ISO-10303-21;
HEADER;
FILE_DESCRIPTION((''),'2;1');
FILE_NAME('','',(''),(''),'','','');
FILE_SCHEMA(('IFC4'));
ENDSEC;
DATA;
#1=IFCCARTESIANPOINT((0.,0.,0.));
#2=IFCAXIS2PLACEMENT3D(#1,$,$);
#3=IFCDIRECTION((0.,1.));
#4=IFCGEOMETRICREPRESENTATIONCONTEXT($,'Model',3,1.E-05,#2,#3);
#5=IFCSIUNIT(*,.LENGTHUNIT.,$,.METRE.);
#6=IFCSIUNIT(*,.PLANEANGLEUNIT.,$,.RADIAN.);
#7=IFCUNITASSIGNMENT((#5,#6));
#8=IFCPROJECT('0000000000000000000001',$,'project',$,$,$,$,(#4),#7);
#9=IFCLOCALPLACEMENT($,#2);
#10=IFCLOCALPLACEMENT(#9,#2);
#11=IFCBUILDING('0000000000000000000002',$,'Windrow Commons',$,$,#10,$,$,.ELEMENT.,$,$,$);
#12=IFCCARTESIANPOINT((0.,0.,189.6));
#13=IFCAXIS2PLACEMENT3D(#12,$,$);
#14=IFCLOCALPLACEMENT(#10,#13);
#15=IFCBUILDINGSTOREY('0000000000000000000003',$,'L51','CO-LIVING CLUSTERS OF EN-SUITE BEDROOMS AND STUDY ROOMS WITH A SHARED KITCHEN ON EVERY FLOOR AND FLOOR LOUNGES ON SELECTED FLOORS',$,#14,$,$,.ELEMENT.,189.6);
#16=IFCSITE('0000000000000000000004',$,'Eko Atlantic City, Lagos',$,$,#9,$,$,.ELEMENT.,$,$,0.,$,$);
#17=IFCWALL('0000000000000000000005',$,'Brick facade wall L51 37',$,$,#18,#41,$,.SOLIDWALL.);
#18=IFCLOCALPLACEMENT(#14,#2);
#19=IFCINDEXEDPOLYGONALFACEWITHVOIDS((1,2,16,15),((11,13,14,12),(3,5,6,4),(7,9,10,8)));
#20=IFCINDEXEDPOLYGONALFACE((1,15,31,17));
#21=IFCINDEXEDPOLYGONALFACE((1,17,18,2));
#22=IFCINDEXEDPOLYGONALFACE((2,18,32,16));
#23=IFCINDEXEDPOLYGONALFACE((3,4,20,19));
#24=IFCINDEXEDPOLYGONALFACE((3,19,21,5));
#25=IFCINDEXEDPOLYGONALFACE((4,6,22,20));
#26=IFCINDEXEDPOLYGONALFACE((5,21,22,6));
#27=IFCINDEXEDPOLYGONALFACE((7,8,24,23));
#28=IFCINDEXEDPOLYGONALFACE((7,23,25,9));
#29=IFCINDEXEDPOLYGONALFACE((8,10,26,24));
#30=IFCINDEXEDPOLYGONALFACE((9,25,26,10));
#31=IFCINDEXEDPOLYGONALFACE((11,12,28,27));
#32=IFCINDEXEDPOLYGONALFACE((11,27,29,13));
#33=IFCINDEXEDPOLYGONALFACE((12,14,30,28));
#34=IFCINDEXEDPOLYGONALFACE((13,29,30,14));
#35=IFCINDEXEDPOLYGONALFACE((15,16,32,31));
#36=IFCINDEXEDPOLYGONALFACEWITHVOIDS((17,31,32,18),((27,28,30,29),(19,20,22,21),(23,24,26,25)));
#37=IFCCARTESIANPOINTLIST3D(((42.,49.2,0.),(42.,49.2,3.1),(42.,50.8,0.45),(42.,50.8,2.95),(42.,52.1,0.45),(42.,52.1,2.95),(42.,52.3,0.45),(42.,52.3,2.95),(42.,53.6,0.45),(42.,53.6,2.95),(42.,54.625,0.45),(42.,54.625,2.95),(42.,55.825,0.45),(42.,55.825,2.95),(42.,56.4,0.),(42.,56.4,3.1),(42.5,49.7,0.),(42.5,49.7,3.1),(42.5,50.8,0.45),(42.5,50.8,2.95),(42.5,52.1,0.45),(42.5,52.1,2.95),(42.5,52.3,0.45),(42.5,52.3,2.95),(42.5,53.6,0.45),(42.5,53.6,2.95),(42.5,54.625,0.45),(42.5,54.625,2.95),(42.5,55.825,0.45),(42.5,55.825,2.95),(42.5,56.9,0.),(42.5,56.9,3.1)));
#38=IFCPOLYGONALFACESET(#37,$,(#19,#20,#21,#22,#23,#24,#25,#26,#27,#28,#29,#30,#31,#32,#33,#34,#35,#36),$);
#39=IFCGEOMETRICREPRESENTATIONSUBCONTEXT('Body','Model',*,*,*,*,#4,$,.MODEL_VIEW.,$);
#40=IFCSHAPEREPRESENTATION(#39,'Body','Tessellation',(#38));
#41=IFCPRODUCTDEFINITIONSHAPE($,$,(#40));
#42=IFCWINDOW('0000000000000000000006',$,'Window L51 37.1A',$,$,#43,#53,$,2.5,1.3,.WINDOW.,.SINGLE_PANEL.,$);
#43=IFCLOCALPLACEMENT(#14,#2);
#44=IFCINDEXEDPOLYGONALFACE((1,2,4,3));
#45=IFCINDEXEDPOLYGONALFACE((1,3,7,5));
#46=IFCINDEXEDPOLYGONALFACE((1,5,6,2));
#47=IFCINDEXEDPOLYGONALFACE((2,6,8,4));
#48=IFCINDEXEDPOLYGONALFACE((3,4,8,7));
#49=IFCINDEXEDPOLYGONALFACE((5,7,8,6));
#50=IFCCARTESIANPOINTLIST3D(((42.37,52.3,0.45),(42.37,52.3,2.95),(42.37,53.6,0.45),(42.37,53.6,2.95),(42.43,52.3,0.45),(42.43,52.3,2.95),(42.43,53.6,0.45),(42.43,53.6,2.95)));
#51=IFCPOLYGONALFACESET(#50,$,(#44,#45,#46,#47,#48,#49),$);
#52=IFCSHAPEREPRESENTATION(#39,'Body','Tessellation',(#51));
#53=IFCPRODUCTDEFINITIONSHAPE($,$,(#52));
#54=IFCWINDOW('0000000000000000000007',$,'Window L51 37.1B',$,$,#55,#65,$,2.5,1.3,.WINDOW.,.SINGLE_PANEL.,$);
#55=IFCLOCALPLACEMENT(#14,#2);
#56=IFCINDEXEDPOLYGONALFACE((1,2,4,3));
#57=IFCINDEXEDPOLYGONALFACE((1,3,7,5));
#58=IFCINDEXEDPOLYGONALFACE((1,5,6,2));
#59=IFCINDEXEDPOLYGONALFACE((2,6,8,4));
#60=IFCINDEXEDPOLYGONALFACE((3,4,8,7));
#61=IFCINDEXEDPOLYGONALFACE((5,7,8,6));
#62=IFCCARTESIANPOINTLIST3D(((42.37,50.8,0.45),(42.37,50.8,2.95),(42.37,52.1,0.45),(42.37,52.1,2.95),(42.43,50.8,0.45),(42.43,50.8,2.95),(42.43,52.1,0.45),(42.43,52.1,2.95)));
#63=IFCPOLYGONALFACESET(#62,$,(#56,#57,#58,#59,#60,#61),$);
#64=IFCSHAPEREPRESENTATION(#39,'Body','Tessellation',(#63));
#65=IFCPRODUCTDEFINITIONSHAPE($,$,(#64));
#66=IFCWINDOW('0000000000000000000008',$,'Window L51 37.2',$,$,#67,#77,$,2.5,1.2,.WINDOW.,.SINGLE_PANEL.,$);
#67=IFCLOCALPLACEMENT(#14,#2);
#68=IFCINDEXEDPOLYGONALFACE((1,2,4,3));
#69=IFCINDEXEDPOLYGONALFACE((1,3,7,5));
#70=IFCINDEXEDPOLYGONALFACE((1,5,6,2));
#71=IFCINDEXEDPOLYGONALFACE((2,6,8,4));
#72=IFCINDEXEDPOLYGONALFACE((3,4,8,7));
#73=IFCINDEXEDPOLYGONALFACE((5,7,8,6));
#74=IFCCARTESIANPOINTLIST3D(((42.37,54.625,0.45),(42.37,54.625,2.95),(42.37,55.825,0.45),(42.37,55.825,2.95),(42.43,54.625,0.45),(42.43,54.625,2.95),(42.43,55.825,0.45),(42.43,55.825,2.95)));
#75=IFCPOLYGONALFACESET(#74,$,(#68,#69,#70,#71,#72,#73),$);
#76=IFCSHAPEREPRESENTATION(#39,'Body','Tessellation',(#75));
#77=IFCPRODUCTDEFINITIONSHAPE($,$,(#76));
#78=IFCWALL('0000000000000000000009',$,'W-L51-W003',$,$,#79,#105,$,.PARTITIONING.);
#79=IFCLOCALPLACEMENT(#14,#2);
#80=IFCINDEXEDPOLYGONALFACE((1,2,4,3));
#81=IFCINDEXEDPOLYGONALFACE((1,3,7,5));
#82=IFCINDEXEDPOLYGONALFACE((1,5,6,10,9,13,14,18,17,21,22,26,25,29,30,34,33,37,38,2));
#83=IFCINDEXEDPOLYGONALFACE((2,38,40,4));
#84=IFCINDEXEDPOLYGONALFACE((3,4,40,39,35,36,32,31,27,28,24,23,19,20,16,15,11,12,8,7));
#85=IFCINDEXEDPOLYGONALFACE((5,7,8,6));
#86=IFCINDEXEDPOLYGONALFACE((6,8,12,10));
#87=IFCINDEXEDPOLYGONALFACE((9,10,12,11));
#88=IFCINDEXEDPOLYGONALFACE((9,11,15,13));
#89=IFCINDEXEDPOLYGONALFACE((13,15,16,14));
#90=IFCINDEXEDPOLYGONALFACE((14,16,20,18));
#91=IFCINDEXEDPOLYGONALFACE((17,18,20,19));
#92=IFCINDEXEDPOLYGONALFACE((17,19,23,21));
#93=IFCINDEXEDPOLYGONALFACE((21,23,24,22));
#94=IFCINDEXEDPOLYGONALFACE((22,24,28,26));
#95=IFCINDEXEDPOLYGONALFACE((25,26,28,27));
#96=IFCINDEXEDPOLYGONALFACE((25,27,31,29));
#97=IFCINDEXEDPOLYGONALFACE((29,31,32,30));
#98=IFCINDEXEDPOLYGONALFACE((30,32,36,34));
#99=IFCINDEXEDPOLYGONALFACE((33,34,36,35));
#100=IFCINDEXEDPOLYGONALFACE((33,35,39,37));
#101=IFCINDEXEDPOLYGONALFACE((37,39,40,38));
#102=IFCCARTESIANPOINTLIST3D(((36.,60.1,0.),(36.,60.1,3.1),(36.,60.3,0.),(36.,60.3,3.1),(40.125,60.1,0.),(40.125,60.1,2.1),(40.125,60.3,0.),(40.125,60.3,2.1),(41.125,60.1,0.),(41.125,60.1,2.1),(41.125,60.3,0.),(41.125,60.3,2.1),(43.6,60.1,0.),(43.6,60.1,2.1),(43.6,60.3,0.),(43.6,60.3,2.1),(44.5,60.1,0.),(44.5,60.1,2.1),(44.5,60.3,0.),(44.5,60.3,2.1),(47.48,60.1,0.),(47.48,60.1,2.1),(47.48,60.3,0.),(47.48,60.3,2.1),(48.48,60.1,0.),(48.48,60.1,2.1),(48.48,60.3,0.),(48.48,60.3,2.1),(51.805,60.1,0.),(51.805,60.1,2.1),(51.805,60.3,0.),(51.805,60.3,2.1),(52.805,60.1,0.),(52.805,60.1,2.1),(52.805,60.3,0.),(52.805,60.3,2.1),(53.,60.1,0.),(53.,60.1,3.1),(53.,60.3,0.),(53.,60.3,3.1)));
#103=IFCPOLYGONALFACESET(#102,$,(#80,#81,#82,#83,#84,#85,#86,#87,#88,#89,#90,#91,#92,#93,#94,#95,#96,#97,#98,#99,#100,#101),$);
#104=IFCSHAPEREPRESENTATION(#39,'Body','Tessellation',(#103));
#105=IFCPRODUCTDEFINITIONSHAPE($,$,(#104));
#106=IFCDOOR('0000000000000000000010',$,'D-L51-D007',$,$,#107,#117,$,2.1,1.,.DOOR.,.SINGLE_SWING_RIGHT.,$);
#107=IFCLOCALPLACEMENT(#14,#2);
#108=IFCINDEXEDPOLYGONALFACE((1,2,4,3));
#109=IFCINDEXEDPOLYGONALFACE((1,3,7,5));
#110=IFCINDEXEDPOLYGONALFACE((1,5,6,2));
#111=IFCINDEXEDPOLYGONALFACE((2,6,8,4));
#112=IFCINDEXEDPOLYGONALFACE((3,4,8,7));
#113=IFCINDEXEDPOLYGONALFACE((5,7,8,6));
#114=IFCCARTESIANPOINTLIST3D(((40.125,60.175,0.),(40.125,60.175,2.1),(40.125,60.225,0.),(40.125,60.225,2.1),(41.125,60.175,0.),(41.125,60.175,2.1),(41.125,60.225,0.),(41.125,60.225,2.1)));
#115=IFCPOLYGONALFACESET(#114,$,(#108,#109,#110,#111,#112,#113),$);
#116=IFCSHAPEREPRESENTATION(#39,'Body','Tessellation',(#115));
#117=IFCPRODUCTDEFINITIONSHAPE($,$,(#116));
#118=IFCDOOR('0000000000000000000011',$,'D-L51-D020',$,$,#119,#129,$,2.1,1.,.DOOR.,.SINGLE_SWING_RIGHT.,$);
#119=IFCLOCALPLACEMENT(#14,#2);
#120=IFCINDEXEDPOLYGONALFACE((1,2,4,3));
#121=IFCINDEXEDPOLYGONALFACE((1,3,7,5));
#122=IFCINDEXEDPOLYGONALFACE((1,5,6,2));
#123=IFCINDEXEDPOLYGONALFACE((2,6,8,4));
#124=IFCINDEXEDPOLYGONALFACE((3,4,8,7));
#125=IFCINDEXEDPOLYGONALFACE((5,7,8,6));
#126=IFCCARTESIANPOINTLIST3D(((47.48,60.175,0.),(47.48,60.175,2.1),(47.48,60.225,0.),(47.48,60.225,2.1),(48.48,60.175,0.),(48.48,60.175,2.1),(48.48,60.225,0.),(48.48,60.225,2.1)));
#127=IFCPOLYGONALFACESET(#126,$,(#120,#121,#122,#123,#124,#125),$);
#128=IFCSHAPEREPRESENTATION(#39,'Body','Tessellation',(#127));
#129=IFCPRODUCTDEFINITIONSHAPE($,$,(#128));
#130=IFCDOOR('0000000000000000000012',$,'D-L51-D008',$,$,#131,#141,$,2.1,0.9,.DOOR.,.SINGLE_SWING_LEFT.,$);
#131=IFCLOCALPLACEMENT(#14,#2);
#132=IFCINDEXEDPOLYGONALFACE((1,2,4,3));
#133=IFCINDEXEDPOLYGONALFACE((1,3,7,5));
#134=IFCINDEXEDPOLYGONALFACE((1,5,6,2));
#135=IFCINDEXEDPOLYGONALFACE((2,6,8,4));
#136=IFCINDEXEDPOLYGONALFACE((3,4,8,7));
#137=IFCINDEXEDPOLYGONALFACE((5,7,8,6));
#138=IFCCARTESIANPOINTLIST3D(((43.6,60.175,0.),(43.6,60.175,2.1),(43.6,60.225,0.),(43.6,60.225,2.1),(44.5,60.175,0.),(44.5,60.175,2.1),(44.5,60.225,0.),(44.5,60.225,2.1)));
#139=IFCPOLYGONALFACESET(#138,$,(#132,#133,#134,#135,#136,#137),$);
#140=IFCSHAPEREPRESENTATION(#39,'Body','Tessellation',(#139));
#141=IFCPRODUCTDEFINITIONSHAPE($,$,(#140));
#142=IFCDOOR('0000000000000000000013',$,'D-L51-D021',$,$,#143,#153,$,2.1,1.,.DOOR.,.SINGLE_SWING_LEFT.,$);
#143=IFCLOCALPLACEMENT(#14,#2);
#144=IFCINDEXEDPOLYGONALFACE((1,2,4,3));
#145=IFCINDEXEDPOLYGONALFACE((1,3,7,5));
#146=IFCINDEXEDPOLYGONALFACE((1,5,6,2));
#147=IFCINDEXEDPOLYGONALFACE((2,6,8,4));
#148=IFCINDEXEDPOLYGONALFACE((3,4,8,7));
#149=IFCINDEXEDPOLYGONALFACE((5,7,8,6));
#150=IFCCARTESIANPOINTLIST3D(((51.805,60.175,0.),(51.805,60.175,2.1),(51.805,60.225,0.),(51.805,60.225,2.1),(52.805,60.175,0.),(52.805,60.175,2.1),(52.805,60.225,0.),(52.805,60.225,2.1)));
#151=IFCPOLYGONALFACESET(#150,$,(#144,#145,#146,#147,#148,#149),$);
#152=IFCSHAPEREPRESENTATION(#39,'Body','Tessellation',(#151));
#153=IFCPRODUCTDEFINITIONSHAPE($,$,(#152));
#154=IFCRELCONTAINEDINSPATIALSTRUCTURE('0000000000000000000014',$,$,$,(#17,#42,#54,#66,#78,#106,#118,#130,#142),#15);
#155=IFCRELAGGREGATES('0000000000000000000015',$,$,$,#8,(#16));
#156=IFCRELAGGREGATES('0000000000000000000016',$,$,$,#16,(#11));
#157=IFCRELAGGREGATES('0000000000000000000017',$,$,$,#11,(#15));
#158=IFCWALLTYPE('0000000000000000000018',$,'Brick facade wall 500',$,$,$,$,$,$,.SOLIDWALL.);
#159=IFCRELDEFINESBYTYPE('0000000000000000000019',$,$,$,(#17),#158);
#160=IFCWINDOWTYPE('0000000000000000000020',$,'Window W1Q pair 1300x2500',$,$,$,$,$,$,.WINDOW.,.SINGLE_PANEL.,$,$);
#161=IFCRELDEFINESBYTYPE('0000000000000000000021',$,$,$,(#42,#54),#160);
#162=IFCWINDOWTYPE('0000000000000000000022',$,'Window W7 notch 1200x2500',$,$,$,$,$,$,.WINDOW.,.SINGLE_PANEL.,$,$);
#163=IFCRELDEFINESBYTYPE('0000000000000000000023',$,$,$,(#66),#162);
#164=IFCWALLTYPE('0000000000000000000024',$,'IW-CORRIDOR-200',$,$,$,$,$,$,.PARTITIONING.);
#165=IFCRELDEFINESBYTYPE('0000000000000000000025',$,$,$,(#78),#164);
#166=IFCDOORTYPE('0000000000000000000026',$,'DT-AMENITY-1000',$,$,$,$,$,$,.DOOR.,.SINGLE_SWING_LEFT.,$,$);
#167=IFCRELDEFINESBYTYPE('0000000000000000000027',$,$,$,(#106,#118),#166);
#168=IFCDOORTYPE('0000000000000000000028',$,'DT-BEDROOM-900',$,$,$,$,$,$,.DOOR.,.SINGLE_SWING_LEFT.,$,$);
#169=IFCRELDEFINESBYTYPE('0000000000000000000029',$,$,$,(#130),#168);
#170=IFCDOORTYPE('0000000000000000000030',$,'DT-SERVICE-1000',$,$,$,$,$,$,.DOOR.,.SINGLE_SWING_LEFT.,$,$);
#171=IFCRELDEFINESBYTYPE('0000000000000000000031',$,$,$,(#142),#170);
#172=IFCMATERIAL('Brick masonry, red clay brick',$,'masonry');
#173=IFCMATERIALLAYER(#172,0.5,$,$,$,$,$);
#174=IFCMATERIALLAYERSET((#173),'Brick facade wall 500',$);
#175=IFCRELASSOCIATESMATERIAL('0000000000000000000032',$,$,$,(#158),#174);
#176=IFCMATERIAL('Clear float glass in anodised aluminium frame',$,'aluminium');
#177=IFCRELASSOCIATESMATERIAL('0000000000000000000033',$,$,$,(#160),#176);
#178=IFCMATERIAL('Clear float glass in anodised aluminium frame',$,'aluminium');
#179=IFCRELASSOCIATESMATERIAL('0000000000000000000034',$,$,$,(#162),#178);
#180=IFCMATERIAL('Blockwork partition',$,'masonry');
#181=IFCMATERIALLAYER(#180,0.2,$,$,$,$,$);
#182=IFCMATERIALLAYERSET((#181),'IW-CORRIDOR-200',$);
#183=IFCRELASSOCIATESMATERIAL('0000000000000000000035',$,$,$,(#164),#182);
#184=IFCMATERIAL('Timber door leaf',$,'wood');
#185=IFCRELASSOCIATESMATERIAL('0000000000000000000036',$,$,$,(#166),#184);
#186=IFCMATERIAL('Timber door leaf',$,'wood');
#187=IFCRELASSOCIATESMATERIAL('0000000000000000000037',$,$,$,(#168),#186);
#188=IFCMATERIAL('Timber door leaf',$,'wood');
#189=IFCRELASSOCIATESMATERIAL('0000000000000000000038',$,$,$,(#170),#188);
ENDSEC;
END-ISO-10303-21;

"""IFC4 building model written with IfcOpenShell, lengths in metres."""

from ifc_helpers import new_model, si_unit, direction, frame, frame_2d, origin, place, context, subcontext, project, spatial, polyline, rectangle, outline, extrude, material, layer, layer_set, type_object, element, fill, save


model = new_model("IFC4")

# Units and contexts
model_context = context("Model", 3, precision=1e-05, world=origin(), true_north=direction((0.0, 1.0)))
body_context = subcontext(model_context, "Body", "Model", "MODEL_VIEW")
ifc_project = project(units=[si_unit("LENGTHUNIT", "METRE"), si_unit("PLANEANGLEUNIT", "RADIAN")], contexts=[model_context])

# Site, building, storey
site_placement = place(None, origin())
site = spatial("IfcSite", under=ifc_project, at=site_placement, Name="Eko Atlantic City, Lagos", CompositionType="ELEMENT", RefElevation=0.0)
building_placement = place(site_placement, origin())
building = spatial("IfcBuilding", under=site, at=building_placement, Name="Windrow Commons", CompositionType="ELEMENT")
storey_placement = place(building_placement, frame((0.0, 0.0, 189.6)))
storey = spatial("IfcBuildingStorey", under=building, at=storey_placement, Name="L51", Description="CO-LIVING CLUSTERS OF EN-SUITE BEDROOMS AND STUDY ROOMS WITH A SHARED KITCHEN ON EVERY FLOOR AND FLOOR LOUNGES ON SELECTED FLOORS", CompositionType="ELEMENT", Elevation=189.6)

# Wall, openings, windows
ifc_material_1 = material(Name="Brick masonry, red clay brick", Category="masonry")
ifc_layer_1 = layer(ifc_material_1, 0.5)
ifc_layer_set_1 = layer_set([ifc_layer_1], Name="Brick facade wall 500")
wall_type_1 = type_object("IfcWallType", Name="Brick facade wall 500", PredefinedType="SOLIDWALL", material=ifc_layer_set_1)
ifc_material_2 = material(Name="Clear float glass in anodised aluminium frame", Category="aluminium")
window_type_1 = type_object("IfcWindowType", Name="Window W1Q pair 1300x2500", PartitioningType="SINGLE_PANEL", PredefinedType="WINDOW", material=ifc_material_2)
ifc_material_3 = material(Name="Clear float glass in anodised aluminium frame", Category="aluminium")
window_type_2 = type_object("IfcWindowType", Name="Window W7 notch 1200x2500", PartitioningType="SINGLE_PANEL", PredefinedType="WINDOW", material=ifc_material_3)
wall_1_placement = place(storey_placement, frame((42.25, 56.65, 0.0), z_axis=(0.0, 0.0, 1.0), x_axis=(0.0, -1.0, 0.0)))
wall_1 = element("IfcWall", 1, at=wall_1_placement, inside=storey, type_object=wall_type_1, Name="Brick facade wall L51 37", PredefinedType="SOLIDWALL", context=body_context, shape_type="SweptSolid", body=[
    extrude(outline(polyline([(0.25, -0.25), (7.45, -0.25), (6.95, 0.25), (-0.25, 0.25), (0.25, -0.25)])), origin(), (0.0, 0.0, 1.0), 3.1),
])
opening_1_placement = place(wall_1_placement, frame((3.05, 0.0, 0.45)))
opening_1 = element("IfcOpeningElement", 2, at=opening_1_placement, cuts=wall_1, PredefinedType="OPENING", context=body_context, shape_type="SweptSolid", body=[
    extrude(rectangle(XDim=1.3, YDim=2.5, at=frame_2d((0.65, 1.25))), frame((0.0, 0.26, 0.0), z_axis=(0.0, -1.0, 0.0), x_axis=(1.0, 0.0, 0.0)), (0.0, 0.0, 1.0), 0.52),
])
opening_2_placement = place(wall_1_placement, frame((4.55, 0.0, 0.45)))
opening_2 = element("IfcOpeningElement", 3, at=opening_2_placement, cuts=wall_1, PredefinedType="OPENING", context=body_context, shape_type="SweptSolid", body=[
    extrude(rectangle(XDim=1.3, YDim=2.5, at=frame_2d((0.65, 1.25))), frame((0.0, 0.26, 0.0), z_axis=(0.0, -1.0, 0.0), x_axis=(1.0, 0.0, 0.0)), (0.0, 0.0, 1.0), 0.52),
])
opening_3_placement = place(wall_1_placement, frame((0.825, 0.0, 0.45)))
opening_3 = element("IfcOpeningElement", 4, at=opening_3_placement, cuts=wall_1, PredefinedType="OPENING", context=body_context, shape_type="SweptSolid", body=[
    extrude(rectangle(XDim=1.2, YDim=2.5, at=frame_2d((0.6, 1.25))), frame((0.0, 0.26, 0.0), z_axis=(0.0, -1.0, 0.0), x_axis=(1.0, 0.0, 0.0)), (0.0, 0.0, 1.0), 0.52),
])
window_1_placement = place(opening_1_placement, origin())
window_1 = element("IfcWindow", 5, at=window_1_placement, inside=storey, type_object=window_type_1, Name="Window L51 37.1A", OverallHeight=2.5, OverallWidth=1.3, PartitioningType="SINGLE_PANEL", PredefinedType="WINDOW", context=body_context, shape_type="SweptSolid", body=[
    extrude(rectangle(XDim=1.3, YDim=2.5, at=frame_2d((0.65, 1.25))), frame((0.0, 0.18, 0.0), z_axis=(0.0, -1.0, 0.0), x_axis=(1.0, 0.0, 0.0)), (0.0, 0.0, 1.0), 0.06),
])
fill(opening_1, window_1)
window_2_placement = place(opening_2_placement, origin())
window_2 = element("IfcWindow", 6, at=window_2_placement, inside=storey, type_object=window_type_1, Name="Window L51 37.1B", OverallHeight=2.5, OverallWidth=1.3, PartitioningType="SINGLE_PANEL", PredefinedType="WINDOW", context=body_context, shape_type="SweptSolid", body=[
    extrude(rectangle(XDim=1.3, YDim=2.5, at=frame_2d((0.65, 1.25))), frame((0.0, 0.18, 0.0), z_axis=(0.0, -1.0, 0.0), x_axis=(1.0, 0.0, 0.0)), (0.0, 0.0, 1.0), 0.06),
])
fill(opening_2, window_2)
window_3_placement = place(opening_3_placement, origin())
window_3 = element("IfcWindow", 7, at=window_3_placement, inside=storey, type_object=window_type_2, Name="Window L51 37.2", OverallHeight=2.5, OverallWidth=1.2, PartitioningType="SINGLE_PANEL", PredefinedType="WINDOW", context=body_context, shape_type="SweptSolid", body=[
    extrude(rectangle(XDim=1.2, YDim=2.5, at=frame_2d((0.6, 1.25))), frame((0.0, 0.18, 0.0), z_axis=(0.0, -1.0, 0.0), x_axis=(1.0, 0.0, 0.0)), (0.0, 0.0, 1.0), 0.06),
])
fill(opening_3, window_3)

# Wall, openings, doors
ifc_material_4 = material(Name="Blockwork partition", Category="masonry")
ifc_layer_2 = layer(ifc_material_4, 0.2)
ifc_layer_set_2 = layer_set([ifc_layer_2], Name="IW-CORRIDOR-200")
wall_type_2 = type_object("IfcWallType", Name="IW-CORRIDOR-200", PredefinedType="PARTITIONING", material=ifc_layer_set_2)
wall_2_placement = place(storey_placement, frame((36.0, 60.2, 0.0), z_axis=(0.0, 0.0, 1.0), x_axis=(1.0, 0.0, 0.0)))
wall_2 = element("IfcWall", 8, at=wall_2_placement, inside=storey, type_object=wall_type_2, Name="W-L51-W003", PredefinedType="PARTITIONING", context=body_context, shape_type="SweptSolid", body=[
    extrude(rectangle(XDim=17.0, YDim=0.2, at=frame_2d((8.5, 0.0))), origin(), (0.0, 0.0, 1.0), 3.1),
])
opening_4_placement = place(wall_2_placement, frame((4.125, 0.0, 0.0)))
opening_4 = element("IfcOpeningElement", 9, at=opening_4_placement, cuts=wall_2, PredefinedType="OPENING", context=body_context, shape_type="SweptSolid", body=[
    extrude(rectangle(XDim=1.0, YDim=2.1, at=frame_2d((0.5, 1.05))), frame((0.0, 0.11, 0.0), z_axis=(0.0, -1.0, 0.0), x_axis=(1.0, 0.0, 0.0)), (0.0, 0.0, 1.0), 0.22),
])
opening_5_placement = place(wall_2_placement, frame((7.6, 0.0, 0.0)))
opening_5 = element("IfcOpeningElement", 10, at=opening_5_placement, cuts=wall_2, PredefinedType="OPENING", context=body_context, shape_type="SweptSolid", body=[
    extrude(rectangle(XDim=0.9, YDim=2.1, at=frame_2d((0.45, 1.05))), frame((0.0, 0.11, 0.0), z_axis=(0.0, -1.0, 0.0), x_axis=(1.0, 0.0, 0.0)), (0.0, 0.0, 1.0), 0.22),
])
opening_6_placement = place(wall_2_placement, frame((11.48, 0.0, 0.0)))
opening_6 = element("IfcOpeningElement", 11, at=opening_6_placement, cuts=wall_2, PredefinedType="OPENING", context=body_context, shape_type="SweptSolid", body=[
    extrude(rectangle(XDim=1.0, YDim=2.1, at=frame_2d((0.5, 1.05))), frame((0.0, 0.11, 0.0), z_axis=(0.0, -1.0, 0.0), x_axis=(1.0, 0.0, 0.0)), (0.0, 0.0, 1.0), 0.22),
])
opening_7_placement = place(wall_2_placement, frame((15.805, 0.0, 0.0)))
opening_7 = element("IfcOpeningElement", 12, at=opening_7_placement, cuts=wall_2, PredefinedType="OPENING", context=body_context, shape_type="SweptSolid", body=[
    extrude(rectangle(XDim=1.0, YDim=2.1, at=frame_2d((0.5, 1.05))), frame((0.0, 0.11, 0.0), z_axis=(0.0, -1.0, 0.0), x_axis=(1.0, 0.0, 0.0)), (0.0, 0.0, 1.0), 0.22),
])
ifc_material_5 = material(Name="Timber door leaf", Category="wood")
door_type_1 = type_object("IfcDoorType", Name="DT-AMENITY-1000", OperationType="SINGLE_SWING_LEFT", PredefinedType="DOOR", material=ifc_material_5)
door_1_placement = place(opening_4_placement, origin())
door_1 = element("IfcDoor", 13, at=door_1_placement, inside=storey, type_object=door_type_1, Name="D-L51-D007", OperationType="SINGLE_SWING_RIGHT", OverallHeight=2.1, OverallWidth=1.0, PredefinedType="DOOR", context=body_context, shape_type="SweptSolid", body=[
    extrude(rectangle(XDim=1.0, YDim=2.1, at=frame_2d((0.5, 1.05))), frame((0.0, 0.025, 0.0), z_axis=(0.0, -1.0, 0.0), x_axis=(1.0, 0.0, 0.0)), (0.0, 0.0, 1.0), 0.05),
])
fill(opening_4, door_1)
door_2_placement = place(opening_6_placement, origin())
door_2 = element("IfcDoor", 14, at=door_2_placement, inside=storey, type_object=door_type_1, Name="D-L51-D020", OperationType="SINGLE_SWING_RIGHT", OverallHeight=2.1, OverallWidth=1.0, PredefinedType="DOOR", context=body_context, shape_type="SweptSolid", body=[
    extrude(rectangle(XDim=1.0, YDim=2.1, at=frame_2d((0.5, 1.05))), frame((0.0, 0.025, 0.0), z_axis=(0.0, -1.0, 0.0), x_axis=(1.0, 0.0, 0.0)), (0.0, 0.0, 1.0), 0.05),
])
fill(opening_6, door_2)
ifc_material_6 = material(Name="Timber door leaf", Category="wood")
door_type_2 = type_object("IfcDoorType", Name="DT-BEDROOM-900", OperationType="SINGLE_SWING_LEFT", PredefinedType="DOOR", material=ifc_material_6)
door_3_placement = place(opening_5_placement, origin())
door_3 = element("IfcDoor", 15, at=door_3_placement, inside=storey, type_object=door_type_2, Name="D-L51-D008", OperationType="SINGLE_SWING_LEFT", OverallHeight=2.1, OverallWidth=0.9, PredefinedType="DOOR", context=body_context, shape_type="SweptSolid", body=[
    extrude(rectangle(XDim=0.9, YDim=2.1, at=frame_2d((0.45, 1.05))), frame((0.0, 0.025, 0.0), z_axis=(0.0, -1.0, 0.0), x_axis=(1.0, 0.0, 0.0)), (0.0, 0.0, 1.0), 0.05),
])
fill(opening_5, door_3)
ifc_material_7 = material(Name="Timber door leaf", Category="wood")
door_type_3 = type_object("IfcDoorType", Name="DT-SERVICE-1000", OperationType="SINGLE_SWING_LEFT", PredefinedType="DOOR", material=ifc_material_7)
door_4_placement = place(opening_7_placement, origin())
door_4 = element("IfcDoor", 16, at=door_4_placement, inside=storey, type_object=door_type_3, Name="D-L51-D021", OperationType="SINGLE_SWING_LEFT", OverallHeight=2.1, OverallWidth=1.0, PredefinedType="DOOR", context=body_context, shape_type="SweptSolid", body=[
    extrude(rectangle(XDim=1.0, YDim=2.1, at=frame_2d((0.5, 1.05))), frame((0.0, 0.025, 0.0), z_axis=(0.0, -1.0, 0.0), x_axis=(1.0, 0.0, 0.0)), (0.0, 0.0, 1.0), 0.05),
])
fill(opening_7, door_4)

save(model, "model.ifc")
